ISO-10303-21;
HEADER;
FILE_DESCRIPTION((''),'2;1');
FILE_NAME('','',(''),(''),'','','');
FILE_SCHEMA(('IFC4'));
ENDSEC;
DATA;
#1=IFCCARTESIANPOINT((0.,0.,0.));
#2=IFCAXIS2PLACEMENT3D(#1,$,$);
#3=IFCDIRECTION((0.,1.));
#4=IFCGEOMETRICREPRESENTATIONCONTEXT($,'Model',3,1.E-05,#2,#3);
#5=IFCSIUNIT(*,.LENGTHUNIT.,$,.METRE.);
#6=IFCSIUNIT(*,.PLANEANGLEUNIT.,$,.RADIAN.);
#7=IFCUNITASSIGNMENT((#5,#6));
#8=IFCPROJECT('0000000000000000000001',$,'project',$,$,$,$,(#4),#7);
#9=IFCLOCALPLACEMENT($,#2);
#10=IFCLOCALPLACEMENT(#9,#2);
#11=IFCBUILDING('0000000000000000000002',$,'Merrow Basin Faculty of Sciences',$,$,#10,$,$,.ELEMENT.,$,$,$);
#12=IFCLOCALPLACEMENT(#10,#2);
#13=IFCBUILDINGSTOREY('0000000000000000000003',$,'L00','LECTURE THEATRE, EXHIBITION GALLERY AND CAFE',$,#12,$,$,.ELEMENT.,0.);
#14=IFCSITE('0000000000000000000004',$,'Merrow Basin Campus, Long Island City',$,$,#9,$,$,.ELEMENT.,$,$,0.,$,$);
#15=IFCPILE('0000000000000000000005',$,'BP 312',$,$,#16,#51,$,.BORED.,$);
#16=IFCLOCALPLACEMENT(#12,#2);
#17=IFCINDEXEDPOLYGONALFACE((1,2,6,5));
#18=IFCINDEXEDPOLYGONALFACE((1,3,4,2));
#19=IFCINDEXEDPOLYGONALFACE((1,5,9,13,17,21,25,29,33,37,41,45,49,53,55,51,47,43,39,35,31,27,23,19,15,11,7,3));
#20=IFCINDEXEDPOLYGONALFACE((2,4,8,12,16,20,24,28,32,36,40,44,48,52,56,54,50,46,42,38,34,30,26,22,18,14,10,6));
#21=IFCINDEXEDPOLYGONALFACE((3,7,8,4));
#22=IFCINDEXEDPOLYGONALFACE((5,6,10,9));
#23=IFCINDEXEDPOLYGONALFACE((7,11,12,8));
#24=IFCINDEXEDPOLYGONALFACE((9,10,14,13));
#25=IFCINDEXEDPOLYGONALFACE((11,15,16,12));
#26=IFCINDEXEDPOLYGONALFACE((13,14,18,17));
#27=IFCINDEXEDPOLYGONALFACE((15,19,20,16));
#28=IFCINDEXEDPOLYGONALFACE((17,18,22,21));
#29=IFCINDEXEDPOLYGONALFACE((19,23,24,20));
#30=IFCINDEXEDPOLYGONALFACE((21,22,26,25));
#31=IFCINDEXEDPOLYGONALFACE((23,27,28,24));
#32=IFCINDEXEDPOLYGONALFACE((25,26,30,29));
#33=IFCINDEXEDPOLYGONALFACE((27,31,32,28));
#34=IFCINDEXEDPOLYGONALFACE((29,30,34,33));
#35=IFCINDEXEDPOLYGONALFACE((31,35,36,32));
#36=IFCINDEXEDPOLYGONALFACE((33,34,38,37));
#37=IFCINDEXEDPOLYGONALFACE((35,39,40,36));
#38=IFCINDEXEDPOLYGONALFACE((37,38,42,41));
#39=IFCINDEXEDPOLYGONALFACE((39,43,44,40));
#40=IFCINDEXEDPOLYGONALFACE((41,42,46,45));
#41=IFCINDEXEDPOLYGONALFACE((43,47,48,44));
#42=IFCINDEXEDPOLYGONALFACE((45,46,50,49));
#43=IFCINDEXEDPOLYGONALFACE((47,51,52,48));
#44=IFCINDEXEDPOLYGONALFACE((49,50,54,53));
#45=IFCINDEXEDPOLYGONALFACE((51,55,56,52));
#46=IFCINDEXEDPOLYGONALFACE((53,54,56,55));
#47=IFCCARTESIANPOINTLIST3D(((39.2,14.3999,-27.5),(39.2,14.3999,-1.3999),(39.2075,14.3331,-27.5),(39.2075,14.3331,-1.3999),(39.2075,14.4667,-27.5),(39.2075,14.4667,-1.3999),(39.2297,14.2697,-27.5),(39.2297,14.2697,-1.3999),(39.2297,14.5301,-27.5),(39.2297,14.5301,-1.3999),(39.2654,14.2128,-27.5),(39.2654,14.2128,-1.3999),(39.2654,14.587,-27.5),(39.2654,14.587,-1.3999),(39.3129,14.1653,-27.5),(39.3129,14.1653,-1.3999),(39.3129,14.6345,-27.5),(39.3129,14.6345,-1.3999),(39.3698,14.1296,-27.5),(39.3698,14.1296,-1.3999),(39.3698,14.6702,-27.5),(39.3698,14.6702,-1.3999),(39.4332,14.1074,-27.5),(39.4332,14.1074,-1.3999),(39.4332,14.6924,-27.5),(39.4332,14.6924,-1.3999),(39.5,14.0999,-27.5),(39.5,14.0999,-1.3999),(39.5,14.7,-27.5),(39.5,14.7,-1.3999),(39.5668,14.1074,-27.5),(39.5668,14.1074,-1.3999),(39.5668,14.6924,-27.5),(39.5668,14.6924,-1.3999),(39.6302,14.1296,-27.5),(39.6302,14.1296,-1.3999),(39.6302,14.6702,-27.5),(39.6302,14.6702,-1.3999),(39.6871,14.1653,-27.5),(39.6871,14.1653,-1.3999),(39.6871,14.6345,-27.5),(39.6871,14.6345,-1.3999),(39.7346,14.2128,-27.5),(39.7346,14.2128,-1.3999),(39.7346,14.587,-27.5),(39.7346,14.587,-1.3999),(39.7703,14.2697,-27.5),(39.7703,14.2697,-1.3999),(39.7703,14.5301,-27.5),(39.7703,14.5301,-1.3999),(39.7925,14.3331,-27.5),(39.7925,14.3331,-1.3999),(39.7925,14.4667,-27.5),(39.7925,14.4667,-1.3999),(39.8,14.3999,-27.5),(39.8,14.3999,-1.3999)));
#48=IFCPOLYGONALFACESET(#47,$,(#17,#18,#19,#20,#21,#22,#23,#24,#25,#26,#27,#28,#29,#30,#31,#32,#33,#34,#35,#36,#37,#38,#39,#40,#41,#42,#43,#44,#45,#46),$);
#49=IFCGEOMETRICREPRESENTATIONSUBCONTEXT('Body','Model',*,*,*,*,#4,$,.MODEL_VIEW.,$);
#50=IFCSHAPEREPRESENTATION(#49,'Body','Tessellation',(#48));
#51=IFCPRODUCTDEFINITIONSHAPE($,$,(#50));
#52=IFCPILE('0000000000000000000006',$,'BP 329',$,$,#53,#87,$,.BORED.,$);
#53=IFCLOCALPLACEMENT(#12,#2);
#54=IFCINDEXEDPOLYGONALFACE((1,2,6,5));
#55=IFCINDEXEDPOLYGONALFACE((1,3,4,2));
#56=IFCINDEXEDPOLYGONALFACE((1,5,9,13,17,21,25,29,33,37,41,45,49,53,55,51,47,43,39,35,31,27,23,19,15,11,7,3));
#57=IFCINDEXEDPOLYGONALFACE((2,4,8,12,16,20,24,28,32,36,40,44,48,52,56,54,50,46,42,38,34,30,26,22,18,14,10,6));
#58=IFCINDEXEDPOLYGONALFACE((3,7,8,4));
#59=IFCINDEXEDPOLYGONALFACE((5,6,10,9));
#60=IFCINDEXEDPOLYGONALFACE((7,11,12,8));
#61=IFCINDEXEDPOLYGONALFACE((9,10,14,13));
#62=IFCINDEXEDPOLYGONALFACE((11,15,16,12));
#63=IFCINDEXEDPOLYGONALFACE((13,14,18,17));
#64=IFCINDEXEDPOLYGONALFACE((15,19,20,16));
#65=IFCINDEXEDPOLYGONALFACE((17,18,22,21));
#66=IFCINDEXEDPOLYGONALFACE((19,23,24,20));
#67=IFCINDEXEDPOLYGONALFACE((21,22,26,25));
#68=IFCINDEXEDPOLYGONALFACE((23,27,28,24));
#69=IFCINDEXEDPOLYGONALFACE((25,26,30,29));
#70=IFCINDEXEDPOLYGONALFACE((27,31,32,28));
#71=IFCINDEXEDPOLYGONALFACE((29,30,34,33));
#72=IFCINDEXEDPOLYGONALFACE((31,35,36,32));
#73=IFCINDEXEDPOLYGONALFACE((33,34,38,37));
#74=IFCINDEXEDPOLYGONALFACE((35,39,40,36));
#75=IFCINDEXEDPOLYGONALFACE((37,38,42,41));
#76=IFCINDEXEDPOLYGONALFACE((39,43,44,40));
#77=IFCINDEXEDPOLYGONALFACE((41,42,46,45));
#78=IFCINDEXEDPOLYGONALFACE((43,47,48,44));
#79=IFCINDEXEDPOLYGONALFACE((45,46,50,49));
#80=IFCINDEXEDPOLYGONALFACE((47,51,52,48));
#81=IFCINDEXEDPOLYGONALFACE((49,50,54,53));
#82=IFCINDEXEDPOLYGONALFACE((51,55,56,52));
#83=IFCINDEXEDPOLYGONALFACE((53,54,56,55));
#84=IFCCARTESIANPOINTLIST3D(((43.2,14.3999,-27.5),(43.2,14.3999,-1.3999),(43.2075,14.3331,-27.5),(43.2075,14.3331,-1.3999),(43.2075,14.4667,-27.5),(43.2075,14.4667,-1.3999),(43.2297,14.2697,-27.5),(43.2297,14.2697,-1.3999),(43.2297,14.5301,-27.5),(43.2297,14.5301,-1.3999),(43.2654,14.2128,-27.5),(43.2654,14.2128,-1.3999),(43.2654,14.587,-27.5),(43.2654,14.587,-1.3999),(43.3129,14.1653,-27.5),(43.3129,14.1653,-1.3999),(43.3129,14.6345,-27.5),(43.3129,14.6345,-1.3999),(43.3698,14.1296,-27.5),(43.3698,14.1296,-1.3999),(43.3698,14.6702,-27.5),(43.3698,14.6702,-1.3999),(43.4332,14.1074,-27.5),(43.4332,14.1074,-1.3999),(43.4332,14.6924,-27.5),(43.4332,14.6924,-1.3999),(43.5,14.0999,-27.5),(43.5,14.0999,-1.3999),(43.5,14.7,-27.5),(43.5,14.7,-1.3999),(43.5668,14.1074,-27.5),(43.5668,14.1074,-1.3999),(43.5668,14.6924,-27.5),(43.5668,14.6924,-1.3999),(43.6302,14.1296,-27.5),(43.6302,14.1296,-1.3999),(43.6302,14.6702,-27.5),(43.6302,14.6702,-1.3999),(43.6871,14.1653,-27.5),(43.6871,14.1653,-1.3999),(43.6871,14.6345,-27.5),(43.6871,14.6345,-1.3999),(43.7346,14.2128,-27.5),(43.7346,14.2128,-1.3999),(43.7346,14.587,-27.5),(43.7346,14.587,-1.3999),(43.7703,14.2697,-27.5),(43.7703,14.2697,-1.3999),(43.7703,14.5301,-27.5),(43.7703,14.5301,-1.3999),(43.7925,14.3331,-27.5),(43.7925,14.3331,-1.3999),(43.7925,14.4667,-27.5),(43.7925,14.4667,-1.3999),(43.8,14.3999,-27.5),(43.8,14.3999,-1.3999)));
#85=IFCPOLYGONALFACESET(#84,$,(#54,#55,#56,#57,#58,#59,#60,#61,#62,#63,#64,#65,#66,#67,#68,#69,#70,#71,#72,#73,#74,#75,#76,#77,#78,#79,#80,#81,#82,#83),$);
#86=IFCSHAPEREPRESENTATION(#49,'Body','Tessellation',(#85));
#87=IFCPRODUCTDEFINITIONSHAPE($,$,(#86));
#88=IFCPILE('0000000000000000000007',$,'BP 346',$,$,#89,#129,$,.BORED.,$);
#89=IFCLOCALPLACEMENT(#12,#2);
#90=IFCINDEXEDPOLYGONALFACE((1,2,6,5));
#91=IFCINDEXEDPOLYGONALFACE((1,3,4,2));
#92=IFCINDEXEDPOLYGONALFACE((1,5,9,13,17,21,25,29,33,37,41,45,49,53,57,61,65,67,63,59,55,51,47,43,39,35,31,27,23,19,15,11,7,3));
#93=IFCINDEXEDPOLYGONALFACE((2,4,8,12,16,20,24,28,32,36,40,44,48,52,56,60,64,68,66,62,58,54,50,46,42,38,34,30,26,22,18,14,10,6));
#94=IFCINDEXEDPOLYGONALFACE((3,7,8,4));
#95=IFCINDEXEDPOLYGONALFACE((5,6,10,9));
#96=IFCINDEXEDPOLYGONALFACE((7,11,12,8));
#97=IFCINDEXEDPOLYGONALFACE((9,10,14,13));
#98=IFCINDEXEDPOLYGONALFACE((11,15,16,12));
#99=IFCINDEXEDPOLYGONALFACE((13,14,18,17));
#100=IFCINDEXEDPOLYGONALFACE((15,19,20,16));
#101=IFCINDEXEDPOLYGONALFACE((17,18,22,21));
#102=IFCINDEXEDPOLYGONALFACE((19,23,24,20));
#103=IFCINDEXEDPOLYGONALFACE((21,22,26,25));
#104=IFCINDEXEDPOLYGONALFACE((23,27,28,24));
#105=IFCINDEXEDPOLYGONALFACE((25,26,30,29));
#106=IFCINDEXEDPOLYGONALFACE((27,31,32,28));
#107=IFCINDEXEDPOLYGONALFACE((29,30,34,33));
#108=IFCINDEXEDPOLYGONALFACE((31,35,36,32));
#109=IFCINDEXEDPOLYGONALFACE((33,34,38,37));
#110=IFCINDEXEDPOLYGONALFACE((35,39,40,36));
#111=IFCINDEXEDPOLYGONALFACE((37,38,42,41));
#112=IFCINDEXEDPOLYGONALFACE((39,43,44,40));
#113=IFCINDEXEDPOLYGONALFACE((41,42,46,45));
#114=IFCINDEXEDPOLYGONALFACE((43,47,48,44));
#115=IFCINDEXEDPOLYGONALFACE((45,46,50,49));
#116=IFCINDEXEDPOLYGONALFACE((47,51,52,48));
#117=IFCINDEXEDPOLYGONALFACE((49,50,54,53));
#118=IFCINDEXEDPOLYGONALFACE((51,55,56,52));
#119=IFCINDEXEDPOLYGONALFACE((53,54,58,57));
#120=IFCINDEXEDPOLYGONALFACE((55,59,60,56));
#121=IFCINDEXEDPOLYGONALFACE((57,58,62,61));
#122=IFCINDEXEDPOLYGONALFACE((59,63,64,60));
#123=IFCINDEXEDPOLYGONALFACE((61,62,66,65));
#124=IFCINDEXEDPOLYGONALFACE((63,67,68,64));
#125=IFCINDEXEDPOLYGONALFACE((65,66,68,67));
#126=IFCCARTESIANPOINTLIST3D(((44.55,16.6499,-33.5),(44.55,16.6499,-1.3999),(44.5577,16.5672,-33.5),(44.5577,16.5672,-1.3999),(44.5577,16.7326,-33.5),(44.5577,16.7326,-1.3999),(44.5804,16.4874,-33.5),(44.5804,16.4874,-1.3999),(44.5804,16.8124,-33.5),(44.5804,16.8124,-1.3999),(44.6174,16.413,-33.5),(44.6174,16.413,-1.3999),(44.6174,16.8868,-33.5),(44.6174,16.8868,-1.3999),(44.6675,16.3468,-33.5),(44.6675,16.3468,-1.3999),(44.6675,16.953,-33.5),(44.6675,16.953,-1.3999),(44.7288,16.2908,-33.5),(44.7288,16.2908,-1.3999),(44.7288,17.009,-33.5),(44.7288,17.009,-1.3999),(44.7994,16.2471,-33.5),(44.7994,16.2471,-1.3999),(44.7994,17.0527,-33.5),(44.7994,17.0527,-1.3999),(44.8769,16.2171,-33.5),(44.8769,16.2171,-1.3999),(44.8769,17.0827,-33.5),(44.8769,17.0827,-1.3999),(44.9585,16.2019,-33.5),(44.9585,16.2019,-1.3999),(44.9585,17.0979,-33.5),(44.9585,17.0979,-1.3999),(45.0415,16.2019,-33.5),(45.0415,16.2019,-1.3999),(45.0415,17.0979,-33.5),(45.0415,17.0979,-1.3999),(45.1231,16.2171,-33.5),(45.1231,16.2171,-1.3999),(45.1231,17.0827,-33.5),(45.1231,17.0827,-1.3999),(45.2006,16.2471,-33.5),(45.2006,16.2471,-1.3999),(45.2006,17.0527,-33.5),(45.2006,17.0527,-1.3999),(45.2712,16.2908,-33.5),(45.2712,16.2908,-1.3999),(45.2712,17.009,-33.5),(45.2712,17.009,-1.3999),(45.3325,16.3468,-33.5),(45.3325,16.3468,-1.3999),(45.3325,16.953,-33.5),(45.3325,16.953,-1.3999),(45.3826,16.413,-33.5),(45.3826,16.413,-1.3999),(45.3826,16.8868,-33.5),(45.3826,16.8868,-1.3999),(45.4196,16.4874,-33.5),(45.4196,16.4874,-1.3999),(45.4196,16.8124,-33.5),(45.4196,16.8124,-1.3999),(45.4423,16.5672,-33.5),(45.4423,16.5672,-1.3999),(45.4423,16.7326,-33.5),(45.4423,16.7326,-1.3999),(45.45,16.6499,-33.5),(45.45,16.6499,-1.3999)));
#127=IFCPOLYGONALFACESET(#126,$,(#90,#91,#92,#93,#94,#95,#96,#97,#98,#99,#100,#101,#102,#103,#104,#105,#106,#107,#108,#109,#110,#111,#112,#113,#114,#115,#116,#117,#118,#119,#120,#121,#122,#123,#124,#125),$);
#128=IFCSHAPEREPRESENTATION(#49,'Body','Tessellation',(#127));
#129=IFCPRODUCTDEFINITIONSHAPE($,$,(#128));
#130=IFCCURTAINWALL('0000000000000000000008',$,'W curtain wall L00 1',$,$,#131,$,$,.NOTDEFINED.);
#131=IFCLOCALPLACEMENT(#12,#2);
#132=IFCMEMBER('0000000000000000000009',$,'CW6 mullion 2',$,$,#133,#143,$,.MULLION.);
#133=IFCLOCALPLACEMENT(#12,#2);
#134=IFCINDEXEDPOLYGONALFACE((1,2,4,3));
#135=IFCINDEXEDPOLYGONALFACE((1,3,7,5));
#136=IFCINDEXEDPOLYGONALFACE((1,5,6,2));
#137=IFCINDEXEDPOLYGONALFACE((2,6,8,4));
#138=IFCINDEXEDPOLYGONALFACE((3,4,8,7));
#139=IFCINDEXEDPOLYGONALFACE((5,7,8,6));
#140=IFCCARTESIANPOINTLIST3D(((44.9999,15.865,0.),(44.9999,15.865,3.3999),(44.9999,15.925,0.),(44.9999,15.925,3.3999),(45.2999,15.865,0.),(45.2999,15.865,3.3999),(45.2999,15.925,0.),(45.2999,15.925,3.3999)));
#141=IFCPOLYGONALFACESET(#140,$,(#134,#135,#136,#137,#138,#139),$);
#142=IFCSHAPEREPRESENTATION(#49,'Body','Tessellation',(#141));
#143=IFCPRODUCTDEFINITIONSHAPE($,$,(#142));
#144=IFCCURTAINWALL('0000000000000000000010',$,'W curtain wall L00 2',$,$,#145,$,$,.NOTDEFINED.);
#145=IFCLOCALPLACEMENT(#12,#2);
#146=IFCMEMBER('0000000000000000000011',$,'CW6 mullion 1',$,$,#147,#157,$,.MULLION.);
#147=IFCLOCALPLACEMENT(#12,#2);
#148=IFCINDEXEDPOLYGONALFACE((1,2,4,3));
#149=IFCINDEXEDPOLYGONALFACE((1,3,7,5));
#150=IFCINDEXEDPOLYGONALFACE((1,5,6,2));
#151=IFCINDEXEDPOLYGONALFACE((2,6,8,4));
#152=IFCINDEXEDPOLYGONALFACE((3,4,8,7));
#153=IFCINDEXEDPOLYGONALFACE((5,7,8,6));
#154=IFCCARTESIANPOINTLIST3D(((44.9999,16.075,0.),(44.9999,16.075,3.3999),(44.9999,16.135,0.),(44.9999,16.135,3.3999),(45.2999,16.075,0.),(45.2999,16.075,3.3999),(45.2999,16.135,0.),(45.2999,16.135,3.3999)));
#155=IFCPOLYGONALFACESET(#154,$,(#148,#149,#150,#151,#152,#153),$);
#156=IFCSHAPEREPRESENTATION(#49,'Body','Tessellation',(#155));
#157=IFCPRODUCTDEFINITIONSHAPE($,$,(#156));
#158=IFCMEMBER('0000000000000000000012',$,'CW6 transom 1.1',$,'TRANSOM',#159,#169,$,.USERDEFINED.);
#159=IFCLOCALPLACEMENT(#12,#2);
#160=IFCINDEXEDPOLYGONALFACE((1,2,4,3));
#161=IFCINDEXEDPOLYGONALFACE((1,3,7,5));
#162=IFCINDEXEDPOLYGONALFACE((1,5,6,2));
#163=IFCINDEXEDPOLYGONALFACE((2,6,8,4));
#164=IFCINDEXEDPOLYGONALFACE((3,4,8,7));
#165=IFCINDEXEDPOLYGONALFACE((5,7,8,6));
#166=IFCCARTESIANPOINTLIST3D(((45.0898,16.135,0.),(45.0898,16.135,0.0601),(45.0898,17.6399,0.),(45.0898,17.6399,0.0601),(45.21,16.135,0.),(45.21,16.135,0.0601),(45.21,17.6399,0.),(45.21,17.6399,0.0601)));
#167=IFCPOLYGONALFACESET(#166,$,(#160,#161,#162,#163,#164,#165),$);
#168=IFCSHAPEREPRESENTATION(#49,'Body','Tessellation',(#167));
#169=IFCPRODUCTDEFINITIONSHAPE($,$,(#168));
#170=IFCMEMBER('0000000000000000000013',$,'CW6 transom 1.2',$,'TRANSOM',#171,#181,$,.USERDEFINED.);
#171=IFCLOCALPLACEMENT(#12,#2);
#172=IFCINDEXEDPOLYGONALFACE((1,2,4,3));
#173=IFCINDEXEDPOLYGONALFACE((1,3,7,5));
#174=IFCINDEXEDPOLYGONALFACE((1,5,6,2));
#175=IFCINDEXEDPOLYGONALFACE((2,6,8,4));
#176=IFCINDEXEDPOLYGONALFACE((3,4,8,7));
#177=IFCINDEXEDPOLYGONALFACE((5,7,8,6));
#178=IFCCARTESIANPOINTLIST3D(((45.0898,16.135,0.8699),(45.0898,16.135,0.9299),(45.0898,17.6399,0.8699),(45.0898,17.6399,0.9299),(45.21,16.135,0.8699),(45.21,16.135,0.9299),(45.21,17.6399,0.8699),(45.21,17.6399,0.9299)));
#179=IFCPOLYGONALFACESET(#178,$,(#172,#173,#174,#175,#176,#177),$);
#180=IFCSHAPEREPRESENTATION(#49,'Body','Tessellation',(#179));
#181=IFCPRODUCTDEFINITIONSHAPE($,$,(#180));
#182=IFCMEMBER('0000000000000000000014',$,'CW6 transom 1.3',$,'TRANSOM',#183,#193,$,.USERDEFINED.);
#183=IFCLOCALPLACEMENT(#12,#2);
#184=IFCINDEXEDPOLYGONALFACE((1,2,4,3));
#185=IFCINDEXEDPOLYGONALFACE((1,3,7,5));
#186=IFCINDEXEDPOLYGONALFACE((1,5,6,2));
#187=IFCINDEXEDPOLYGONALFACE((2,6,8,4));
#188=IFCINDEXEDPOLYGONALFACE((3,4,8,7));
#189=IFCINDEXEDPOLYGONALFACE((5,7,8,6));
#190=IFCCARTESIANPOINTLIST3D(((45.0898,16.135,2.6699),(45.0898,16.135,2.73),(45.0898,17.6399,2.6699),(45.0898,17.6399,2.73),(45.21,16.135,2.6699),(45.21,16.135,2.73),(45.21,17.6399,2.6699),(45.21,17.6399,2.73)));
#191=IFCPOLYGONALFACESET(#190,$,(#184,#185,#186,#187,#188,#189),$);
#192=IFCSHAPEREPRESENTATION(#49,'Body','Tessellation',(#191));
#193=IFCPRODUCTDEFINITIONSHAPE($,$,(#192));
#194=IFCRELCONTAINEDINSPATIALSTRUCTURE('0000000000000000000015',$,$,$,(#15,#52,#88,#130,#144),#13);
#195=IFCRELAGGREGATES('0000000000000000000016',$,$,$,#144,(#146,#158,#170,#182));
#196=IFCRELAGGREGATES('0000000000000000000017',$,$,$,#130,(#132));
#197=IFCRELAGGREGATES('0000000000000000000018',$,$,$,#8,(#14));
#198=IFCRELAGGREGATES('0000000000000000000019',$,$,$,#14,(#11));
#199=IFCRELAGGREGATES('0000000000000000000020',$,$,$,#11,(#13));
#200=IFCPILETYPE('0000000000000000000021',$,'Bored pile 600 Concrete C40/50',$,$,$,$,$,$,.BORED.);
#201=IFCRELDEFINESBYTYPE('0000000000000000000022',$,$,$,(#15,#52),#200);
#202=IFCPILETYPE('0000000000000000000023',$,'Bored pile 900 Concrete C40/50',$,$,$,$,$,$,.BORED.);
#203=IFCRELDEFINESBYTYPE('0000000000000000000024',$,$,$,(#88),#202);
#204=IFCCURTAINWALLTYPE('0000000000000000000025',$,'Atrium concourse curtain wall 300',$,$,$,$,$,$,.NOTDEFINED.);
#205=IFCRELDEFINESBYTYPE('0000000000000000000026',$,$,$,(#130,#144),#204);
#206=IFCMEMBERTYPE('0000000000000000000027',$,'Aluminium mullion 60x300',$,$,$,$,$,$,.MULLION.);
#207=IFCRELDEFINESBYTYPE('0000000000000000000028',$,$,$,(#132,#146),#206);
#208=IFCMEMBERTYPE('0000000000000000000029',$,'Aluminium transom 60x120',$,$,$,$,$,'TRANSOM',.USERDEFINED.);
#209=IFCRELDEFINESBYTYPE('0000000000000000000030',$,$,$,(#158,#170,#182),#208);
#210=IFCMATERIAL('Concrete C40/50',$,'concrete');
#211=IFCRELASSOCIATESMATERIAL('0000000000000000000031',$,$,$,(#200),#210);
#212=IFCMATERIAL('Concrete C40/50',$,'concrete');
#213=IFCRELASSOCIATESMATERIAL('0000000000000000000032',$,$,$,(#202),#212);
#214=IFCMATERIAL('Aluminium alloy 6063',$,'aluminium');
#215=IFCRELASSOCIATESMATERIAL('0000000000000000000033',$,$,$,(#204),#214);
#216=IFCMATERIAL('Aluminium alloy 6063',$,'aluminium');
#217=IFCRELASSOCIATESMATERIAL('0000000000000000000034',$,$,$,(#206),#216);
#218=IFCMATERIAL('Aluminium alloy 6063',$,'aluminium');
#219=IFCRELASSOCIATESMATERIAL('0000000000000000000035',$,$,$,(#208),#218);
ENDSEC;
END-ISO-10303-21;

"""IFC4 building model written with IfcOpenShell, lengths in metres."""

from ifc_helpers import new_model, si_unit, direction, frame, origin, origin_2d, place, context, subcontext, project, spatial, rectangle, circle, extrude, material, material_profile, profile_set, type_object, element, aggregate, save


model = new_model("IFC4")

# Units and contexts
model_context = context("Model", 3, precision=1e-05, world=origin(), true_north=direction((0.0, 1.0)))
body_context = subcontext(model_context, "Body", "Model", "MODEL_VIEW")
ifc_project = project(units=[si_unit("LENGTHUNIT", "METRE"), si_unit("PLANEANGLEUNIT", "RADIAN")], contexts=[model_context])

# Site, building, storey
site_placement = place(None, origin())
site = spatial("IfcSite", under=ifc_project, at=site_placement, Name="Merrow Basin Campus, Long Island City", CompositionType="ELEMENT", RefElevation=0.0)
building_placement = place(site_placement, origin())
building = spatial("IfcBuilding", under=site, at=building_placement, Name="Merrow Basin Faculty of Sciences", CompositionType="ELEMENT")
storey_placement = place(building_placement, origin())
storey = spatial("IfcBuildingStorey", under=building, at=storey_placement, Name="L00", Description="LECTURE THEATRE, EXHIBITION GALLERY AND CAFE", CompositionType="ELEMENT", Elevation=0.0)

# Piles
ifc_material_1 = material(Name="Concrete C40/50", Category="concrete")
ifc_material_profile_1 = material_profile(ifc_material_1, circle(Radius=0.3, at=origin_2d()))
ifc_profile_set_1 = profile_set([ifc_material_profile_1], Name="Concrete C40/50")
pile_type_1 = type_object("IfcPileType", Name="Bored pile 600 Concrete C40/50", PredefinedType="BORED", material=ifc_profile_set_1)
for number, where, z_axis, x_axis, name in (
    (1, (39.5, 14.3999, -1.3999), (0.0, 0.0, -1.0), (1.0, 0.0, 0.0), "BP 312"),
    (2, (43.5, 14.3999, -1.3999), (0.0, 0.0, -1.0), (1.0, 0.0, 0.0), "BP 329"),
):
    element("IfcPile", number, at=place(storey_placement, frame(where, z_axis=z_axis, x_axis=x_axis)), inside=storey, type_object=pile_type_1, Name=name, PredefinedType="BORED", context=body_context, shape_type="SweptSolid", body=[
        extrude(circle(Radius=0.3, at=origin_2d()), origin(), (0.0, 0.0, 1.0), 26.1001),
    ])
ifc_material_2 = material(Name="Concrete C40/50", Category="concrete")
ifc_material_profile_2 = material_profile(ifc_material_2, circle(Radius=0.45, at=origin_2d()))
ifc_profile_set_2 = profile_set([ifc_material_profile_2], Name="Concrete C40/50")
pile_type_2 = type_object("IfcPileType", Name="Bored pile 900 Concrete C40/50", PredefinedType="BORED", material=ifc_profile_set_2)
pile_placement = place(storey_placement, frame((45.0, 16.6499, -1.3999), z_axis=(0.0, 0.0, -1.0), x_axis=(1.0, 0.0, 0.0)))
element("IfcPile", 3, at=pile_placement, inside=storey, type_object=pile_type_2, Name="BP 346", PredefinedType="BORED", context=body_context, shape_type="SweptSolid", body=[
    extrude(circle(Radius=0.45, at=origin_2d()), origin(), (0.0, 0.0, 1.0), 32.1001),
])

# Curtain wall, member
ifc_material_3 = material(Name="Aluminium alloy 6063", Category="aluminium")
curtain_wall_type = type_object("IfcCurtainWallType", Name="Atrium concourse curtain wall 300", PredefinedType="NOTDEFINED", material=ifc_material_3)
curtain_wall_1_placement = place(storey_placement, origin())
curtain_wall_1 = element("IfcCurtainWall", 4, at=curtain_wall_1_placement, inside=storey, type_object=curtain_wall_type, Name="W curtain wall L00 1", PredefinedType="NOTDEFINED")
ifc_material_4 = material(Name="Aluminium alloy 6063", Category="aluminium")
ifc_material_profile_3 = material_profile(ifc_material_4, rectangle(XDim=0.3, YDim=0.0601, at=origin_2d()))
ifc_profile_set_3 = profile_set([ifc_material_profile_3], Name="Aluminium alloy 6063")
member_type_1 = type_object("IfcMemberType", Name="Aluminium mullion 60x300", PredefinedType="MULLION", material=ifc_profile_set_3)
member_1_placement = place(storey_placement, frame((45.1499, 15.895, 0.0), z_axis=(0.0, 0.0, 1.0), x_axis=(-1.0, 0.0, 0.0)))
member_1 = element("IfcMember", 5, at=member_1_placement, type_object=member_type_1, Name="CW6 mullion 2", PredefinedType="MULLION", context=body_context, shape_type="SweptSolid", body=[
    extrude(rectangle(XDim=0.3, YDim=0.0601, at=origin_2d()), origin(), (0.0, 0.0, 1.0), 3.3999),
])

# Curtain wall, members
curtain_wall_2_placement = place(storey_placement, origin())
curtain_wall_2 = element("IfcCurtainWall", 6, at=curtain_wall_2_placement, inside=storey, type_object=curtain_wall_type, Name="W curtain wall L00 2", PredefinedType="NOTDEFINED")
member_2_placement = place(storey_placement, frame((45.1499, 16.105, 0.0), z_axis=(0.0, 0.0, 1.0), x_axis=(-1.0, 0.0, 0.0)))
member_2 = element("IfcMember", 7, at=member_2_placement, type_object=member_type_1, Name="CW6 mullion 1", PredefinedType="MULLION", context=body_context, shape_type="SweptSolid", body=[
    extrude(rectangle(XDim=0.3, YDim=0.0601, at=origin_2d()), origin(), (0.0, 0.0, 1.0), 3.3999),
])
ifc_material_5 = material(Name="Aluminium alloy 6063", Category="aluminium")
ifc_material_profile_4 = material_profile(ifc_material_5, rectangle(XDim=0.1201, YDim=0.0601, at=origin_2d()))
ifc_profile_set_4 = profile_set([ifc_material_profile_4], Name="Aluminium alloy 6063")
member_type_2 = type_object("IfcMemberType", Name="Aluminium transom 60x120", ElementType="TRANSOM", PredefinedType="USERDEFINED", material=ifc_profile_set_4)
member_3_placement = place(storey_placement, frame((45.1499, 16.135, 0.03), z_axis=(0.0, 1.0, 0.0), x_axis=(-1.0, 0.0, 0.0)))
member_3 = element("IfcMember", 8, at=member_3_placement, type_object=member_type_2, Name="CW6 transom 1.1", ObjectType="TRANSOM", PredefinedType="USERDEFINED", context=body_context, shape_type="SweptSolid", body=[
    extrude(rectangle(XDim=0.1201, YDim=0.0601, at=origin_2d()), origin(), (0.0, 0.0, 1.0), 1.5049),
])
member_4_placement = place(storey_placement, frame((45.1499, 16.135, 0.8999), z_axis=(0.0, 1.0, 0.0), x_axis=(-1.0, 0.0, 0.0)))
member_4 = element("IfcMember", 9, at=member_4_placement, type_object=member_type_2, Name="CW6 transom 1.2", ObjectType="TRANSOM", PredefinedType="USERDEFINED", context=body_context, shape_type="SweptSolid", body=[
    extrude(rectangle(XDim=0.1201, YDim=0.0601, at=origin_2d()), origin(), (0.0, 0.0, 1.0), 1.5049),
])
member_5_placement = place(storey_placement, frame((45.1499, 16.135, 2.7), z_axis=(0.0, 1.0, 0.0), x_axis=(-1.0, 0.0, 0.0)))
member_5 = element("IfcMember", 10, at=member_5_placement, type_object=member_type_2, Name="CW6 transom 1.3", ObjectType="TRANSOM", PredefinedType="USERDEFINED", context=body_context, shape_type="SweptSolid", body=[
    extrude(rectangle(XDim=0.1201, YDim=0.0601, at=origin_2d()), origin(), (0.0, 0.0, 1.0), 1.5049),
])

aggregate(curtain_wall_2, [member_2, member_3, member_4, member_5])
aggregate(curtain_wall_1, [member_1])

save(model, "model.ifc")
